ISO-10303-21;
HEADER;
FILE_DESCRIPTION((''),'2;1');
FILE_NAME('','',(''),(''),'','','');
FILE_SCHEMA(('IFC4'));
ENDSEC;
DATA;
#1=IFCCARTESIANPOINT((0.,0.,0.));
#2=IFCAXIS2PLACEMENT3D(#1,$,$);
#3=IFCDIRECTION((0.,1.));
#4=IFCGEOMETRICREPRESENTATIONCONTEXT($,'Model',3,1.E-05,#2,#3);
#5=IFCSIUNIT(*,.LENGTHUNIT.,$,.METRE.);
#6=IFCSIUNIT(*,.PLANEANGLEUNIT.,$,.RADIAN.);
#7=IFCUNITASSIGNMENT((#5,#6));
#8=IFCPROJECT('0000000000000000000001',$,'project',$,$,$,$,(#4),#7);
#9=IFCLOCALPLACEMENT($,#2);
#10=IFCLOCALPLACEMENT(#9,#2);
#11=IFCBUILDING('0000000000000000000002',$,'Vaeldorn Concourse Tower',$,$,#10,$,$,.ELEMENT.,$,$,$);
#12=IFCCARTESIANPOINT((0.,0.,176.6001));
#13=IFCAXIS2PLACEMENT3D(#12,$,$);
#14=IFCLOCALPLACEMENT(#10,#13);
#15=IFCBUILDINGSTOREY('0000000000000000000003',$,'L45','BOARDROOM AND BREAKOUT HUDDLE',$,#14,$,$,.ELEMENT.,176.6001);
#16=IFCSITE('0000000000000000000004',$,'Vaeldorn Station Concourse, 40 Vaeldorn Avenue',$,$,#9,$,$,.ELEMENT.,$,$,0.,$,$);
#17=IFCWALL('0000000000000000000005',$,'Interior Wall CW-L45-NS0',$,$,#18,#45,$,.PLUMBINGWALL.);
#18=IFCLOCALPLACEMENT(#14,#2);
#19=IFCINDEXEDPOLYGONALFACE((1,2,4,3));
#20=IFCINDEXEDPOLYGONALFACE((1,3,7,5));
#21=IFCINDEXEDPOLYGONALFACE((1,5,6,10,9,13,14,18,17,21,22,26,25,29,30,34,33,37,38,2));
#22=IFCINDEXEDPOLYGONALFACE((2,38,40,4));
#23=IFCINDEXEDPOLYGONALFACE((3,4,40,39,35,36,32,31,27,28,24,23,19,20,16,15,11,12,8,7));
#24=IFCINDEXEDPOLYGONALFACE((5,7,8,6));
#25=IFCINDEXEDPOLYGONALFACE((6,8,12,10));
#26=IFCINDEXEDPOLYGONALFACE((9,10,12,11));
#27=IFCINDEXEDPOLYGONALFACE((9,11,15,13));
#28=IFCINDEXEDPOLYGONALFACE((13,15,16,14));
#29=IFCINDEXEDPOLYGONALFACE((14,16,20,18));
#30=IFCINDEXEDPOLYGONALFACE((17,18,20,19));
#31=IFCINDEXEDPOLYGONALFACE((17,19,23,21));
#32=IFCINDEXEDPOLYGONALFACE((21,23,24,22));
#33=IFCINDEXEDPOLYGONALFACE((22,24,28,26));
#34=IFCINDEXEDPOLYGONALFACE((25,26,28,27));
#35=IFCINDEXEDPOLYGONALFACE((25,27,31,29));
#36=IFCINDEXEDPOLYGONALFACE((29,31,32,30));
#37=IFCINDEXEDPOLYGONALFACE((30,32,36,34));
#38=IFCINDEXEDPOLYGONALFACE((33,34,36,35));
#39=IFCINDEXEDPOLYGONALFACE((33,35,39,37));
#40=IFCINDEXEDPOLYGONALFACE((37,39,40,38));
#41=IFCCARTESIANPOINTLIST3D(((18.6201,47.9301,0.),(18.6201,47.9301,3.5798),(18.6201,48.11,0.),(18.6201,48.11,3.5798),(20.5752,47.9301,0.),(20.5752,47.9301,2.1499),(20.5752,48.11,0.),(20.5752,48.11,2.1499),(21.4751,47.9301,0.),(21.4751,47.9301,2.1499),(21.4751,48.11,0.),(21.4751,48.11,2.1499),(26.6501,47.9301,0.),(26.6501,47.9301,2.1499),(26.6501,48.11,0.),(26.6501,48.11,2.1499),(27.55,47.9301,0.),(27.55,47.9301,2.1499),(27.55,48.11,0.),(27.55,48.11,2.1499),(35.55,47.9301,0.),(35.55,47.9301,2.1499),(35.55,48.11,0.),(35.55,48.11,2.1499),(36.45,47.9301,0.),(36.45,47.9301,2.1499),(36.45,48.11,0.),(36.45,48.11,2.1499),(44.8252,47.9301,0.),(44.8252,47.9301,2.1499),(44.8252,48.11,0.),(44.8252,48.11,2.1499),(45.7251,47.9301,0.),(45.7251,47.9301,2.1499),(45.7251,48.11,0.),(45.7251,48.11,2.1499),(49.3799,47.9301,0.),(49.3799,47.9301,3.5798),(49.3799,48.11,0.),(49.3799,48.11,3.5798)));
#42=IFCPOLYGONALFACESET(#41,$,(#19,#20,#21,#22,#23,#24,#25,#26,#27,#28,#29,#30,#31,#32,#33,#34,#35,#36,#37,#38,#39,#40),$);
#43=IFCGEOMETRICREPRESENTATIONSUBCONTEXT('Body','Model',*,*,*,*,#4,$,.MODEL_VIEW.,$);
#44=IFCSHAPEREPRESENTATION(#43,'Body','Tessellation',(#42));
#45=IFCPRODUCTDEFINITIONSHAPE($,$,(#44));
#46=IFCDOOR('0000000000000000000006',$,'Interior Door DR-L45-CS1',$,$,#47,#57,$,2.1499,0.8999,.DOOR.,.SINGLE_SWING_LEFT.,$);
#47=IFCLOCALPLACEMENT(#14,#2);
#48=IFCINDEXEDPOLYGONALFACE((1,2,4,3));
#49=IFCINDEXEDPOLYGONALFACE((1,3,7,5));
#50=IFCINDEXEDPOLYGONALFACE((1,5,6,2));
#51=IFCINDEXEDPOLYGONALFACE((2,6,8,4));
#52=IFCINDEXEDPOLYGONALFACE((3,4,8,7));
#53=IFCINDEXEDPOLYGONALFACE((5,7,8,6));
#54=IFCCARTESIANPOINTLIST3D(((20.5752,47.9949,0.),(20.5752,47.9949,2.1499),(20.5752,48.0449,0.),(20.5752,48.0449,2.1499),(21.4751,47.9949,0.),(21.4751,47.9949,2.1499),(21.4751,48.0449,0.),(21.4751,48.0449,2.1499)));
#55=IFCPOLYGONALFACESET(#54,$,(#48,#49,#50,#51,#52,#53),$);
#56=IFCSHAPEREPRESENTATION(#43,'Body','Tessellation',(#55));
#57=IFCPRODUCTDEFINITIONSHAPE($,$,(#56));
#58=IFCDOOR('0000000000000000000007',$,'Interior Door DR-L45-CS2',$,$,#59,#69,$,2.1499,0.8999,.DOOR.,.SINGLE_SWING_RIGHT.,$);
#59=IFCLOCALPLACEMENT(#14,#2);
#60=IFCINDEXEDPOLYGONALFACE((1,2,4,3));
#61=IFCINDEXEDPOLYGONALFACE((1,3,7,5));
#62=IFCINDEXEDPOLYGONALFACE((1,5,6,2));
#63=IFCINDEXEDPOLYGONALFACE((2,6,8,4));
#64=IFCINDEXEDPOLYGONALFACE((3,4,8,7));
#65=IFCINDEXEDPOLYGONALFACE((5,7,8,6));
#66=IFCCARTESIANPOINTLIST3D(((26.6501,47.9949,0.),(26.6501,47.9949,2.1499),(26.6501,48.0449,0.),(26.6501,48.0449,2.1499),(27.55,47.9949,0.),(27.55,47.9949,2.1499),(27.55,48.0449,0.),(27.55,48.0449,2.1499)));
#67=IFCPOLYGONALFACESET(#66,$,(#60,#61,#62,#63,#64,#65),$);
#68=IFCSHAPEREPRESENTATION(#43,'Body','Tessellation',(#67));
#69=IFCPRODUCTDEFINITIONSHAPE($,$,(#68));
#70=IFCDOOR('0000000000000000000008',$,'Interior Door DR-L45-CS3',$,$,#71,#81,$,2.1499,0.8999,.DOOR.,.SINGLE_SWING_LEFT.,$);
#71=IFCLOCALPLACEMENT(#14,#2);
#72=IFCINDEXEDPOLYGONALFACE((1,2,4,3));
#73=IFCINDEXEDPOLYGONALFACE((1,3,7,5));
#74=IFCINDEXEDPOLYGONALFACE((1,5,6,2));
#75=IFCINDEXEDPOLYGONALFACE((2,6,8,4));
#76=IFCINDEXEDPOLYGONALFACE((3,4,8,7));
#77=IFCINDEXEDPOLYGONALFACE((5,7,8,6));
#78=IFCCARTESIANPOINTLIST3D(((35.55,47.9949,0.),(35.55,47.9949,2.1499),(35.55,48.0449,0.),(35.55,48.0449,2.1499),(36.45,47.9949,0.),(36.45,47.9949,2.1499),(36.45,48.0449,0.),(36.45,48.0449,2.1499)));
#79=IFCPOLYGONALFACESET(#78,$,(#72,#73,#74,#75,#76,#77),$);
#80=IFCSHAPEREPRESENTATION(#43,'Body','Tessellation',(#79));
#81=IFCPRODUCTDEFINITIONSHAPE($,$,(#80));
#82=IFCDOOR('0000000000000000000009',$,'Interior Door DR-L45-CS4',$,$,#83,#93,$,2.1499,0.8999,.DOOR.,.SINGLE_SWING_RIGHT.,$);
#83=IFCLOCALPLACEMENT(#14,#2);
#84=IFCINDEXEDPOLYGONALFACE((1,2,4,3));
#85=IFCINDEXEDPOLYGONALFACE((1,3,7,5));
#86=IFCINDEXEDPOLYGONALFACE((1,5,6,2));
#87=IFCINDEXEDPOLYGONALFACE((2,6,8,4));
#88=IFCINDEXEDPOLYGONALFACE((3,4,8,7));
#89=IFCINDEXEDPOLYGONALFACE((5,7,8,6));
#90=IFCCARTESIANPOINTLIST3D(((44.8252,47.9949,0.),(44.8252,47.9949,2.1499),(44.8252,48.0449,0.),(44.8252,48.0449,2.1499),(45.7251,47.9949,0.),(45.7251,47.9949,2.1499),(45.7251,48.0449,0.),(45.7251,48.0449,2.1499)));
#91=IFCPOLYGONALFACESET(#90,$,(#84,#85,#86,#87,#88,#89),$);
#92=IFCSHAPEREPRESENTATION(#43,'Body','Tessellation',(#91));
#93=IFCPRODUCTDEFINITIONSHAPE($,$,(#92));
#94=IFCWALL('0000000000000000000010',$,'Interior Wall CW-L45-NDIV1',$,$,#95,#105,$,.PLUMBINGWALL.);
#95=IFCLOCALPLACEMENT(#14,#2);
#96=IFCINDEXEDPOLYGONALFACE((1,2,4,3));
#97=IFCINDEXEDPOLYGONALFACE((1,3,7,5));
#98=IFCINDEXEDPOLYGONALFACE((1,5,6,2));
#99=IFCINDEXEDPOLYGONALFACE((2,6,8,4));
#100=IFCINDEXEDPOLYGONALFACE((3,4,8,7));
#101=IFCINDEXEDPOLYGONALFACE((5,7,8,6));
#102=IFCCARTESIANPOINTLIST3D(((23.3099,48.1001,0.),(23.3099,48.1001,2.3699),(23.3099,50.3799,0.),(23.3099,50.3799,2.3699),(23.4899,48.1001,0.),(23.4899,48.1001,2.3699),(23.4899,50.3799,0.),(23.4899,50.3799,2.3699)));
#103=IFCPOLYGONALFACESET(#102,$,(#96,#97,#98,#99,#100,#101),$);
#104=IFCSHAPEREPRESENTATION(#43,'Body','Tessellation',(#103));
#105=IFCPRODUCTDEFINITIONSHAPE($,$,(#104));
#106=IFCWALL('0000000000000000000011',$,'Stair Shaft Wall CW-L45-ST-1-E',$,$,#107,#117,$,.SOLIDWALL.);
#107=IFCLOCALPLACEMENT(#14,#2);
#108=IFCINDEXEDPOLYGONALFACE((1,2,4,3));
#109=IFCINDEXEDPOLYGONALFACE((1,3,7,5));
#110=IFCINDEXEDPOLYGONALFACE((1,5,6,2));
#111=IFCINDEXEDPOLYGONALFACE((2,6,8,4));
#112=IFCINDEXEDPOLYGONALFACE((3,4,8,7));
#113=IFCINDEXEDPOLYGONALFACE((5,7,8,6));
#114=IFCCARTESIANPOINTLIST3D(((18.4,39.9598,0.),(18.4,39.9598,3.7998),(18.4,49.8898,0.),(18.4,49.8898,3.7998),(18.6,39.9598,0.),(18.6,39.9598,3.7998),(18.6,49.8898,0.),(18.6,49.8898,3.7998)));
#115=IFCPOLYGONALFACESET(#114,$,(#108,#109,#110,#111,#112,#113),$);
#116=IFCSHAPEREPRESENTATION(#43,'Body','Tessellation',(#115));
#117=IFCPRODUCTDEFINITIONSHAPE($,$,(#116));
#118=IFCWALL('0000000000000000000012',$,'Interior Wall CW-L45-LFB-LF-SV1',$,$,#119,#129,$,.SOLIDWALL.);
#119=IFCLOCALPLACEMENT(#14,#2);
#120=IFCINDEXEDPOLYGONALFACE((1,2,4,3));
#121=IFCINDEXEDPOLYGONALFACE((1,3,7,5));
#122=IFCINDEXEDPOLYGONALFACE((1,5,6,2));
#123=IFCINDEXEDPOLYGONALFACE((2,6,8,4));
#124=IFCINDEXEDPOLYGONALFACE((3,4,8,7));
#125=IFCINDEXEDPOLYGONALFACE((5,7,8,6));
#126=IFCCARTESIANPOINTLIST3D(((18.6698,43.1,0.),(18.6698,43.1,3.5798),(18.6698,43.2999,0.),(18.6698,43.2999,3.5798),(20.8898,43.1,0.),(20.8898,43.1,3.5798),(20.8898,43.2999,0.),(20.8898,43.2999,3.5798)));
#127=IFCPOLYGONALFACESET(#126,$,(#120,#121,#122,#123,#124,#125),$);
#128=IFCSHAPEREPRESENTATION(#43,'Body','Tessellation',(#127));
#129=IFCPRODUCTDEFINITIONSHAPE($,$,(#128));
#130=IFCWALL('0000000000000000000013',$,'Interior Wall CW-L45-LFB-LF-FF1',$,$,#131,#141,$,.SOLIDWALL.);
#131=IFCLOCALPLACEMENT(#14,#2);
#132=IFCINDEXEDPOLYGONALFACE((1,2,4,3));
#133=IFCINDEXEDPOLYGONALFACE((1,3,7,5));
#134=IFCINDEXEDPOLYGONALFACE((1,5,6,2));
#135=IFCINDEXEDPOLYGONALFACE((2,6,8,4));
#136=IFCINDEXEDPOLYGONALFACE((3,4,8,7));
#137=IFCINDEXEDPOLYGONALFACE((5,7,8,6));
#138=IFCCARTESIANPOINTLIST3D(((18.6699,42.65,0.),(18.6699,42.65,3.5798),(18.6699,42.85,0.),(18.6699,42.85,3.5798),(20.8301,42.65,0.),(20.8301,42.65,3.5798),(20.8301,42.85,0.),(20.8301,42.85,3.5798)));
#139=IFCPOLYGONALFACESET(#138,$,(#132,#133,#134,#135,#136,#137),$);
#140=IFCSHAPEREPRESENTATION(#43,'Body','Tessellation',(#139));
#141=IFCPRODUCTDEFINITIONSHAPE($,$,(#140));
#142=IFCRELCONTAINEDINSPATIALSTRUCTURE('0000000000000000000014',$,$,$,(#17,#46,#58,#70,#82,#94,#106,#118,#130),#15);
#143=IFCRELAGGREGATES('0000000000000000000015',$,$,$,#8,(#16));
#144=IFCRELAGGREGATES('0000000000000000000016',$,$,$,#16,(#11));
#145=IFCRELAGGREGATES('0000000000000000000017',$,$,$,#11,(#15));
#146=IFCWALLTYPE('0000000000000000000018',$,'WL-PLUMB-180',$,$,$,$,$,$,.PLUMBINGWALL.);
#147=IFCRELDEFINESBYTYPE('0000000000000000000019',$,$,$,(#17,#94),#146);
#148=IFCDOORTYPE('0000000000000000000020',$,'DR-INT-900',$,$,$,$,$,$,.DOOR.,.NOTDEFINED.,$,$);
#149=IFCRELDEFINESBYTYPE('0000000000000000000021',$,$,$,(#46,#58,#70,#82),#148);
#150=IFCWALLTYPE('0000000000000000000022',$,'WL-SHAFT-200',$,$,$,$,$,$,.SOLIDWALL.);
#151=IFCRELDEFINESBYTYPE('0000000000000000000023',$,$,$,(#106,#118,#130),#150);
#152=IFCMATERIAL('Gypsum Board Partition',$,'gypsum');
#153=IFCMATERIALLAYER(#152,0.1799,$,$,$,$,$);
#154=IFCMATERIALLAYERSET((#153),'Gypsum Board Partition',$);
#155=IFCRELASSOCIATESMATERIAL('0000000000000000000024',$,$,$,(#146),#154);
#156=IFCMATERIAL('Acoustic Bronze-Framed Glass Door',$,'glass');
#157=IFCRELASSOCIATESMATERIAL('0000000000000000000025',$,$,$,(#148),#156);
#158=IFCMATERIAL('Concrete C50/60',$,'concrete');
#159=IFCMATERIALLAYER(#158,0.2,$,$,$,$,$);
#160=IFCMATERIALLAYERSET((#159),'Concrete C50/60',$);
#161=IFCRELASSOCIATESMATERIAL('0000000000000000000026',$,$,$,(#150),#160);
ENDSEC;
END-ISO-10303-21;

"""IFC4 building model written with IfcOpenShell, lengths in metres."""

from ifc_helpers import new_model, si_unit, direction, frame, frame_2d, origin, place, context, subcontext, project, spatial, rectangle, extrude, source, transform, mapped, material, layer, layer_set, type_object, element, fill, save


model = new_model("IFC4")

# Units and contexts
model_context = context("Model", 3, precision=1e-05, world=origin(), true_north=direction((0.0, 1.0)))
body_context = subcontext(model_context, "Body", "Model", "MODEL_VIEW")
ifc_project = project(units=[si_unit("LENGTHUNIT", "METRE"), si_unit("PLANEANGLEUNIT", "RADIAN")], contexts=[model_context])

# Site, building, storey
site_placement = place(None, origin())
site = spatial("IfcSite", under=ifc_project, at=site_placement, Name="Vaeldorn Station Concourse, 40 Vaeldorn Avenue", CompositionType="ELEMENT", RefElevation=0.0)
building_placement = place(site_placement, origin())
building = spatial("IfcBuilding", under=site, at=building_placement, Name="Vaeldorn Concourse Tower", CompositionType="ELEMENT")
storey_placement = place(building_placement, frame((0.0, 0.0, 176.6001)))
storey = spatial("IfcBuildingStorey", under=building, at=storey_placement, Name="L45", Description="BOARDROOM AND BREAKOUT HUDDLE", CompositionType="ELEMENT", Elevation=176.6001)

# Shared definitions
ifc_material_1 = material(Name="Gypsum Board Partition", Category="gypsum")

# Wall, openings, doors
ifc_layer_1 = layer(ifc_material_1, 0.1799)
ifc_layer_set_1 = layer_set([ifc_layer_1], Name="Gypsum Board Partition")
wall_type_1 = type_object("IfcWallType", Name="WL-PLUMB-180", PredefinedType="PLUMBINGWALL", material=ifc_layer_set_1)
wall_1_placement = place(storey_placement, frame((18.6201, 48.02, 0.0), z_axis=(0.0, 0.0, 1.0), x_axis=(1.0, 0.0, 0.0)))
wall_1 = element("IfcWall", 1, at=wall_1_placement, inside=storey, type_object=wall_type_1, Name="Interior Wall CW-L45-NS0", PredefinedType="PLUMBINGWALL", context=body_context, shape_type="SweptSolid", body=[
    extrude(rectangle(XDim=30.7598, YDim=0.1799, at=frame_2d((15.3799, 0.0))), origin(), (0.0, 0.0, 1.0), 3.5798),
])
opening_1_placement = place(wall_1_placement, frame((1.9551, 0.0, 0.0)))
opening_1 = element("IfcOpeningElement", 2, at=opening_1_placement, cuts=wall_1, PredefinedType="OPENING", context=body_context, shape_type="SweptSolid", body=[
    extrude(rectangle(XDim=0.8999, YDim=2.1499, at=frame_2d((0.45, 1.075))), frame((0.0, 0.1001, 0.0), z_axis=(0.0, -1.0, 0.0), x_axis=(1.0, 0.0, 0.0)), (0.0, 0.0, 1.0), 0.2),
])
opening_2_placement = place(wall_1_placement, frame((8.03, 0.0, 0.0)))
opening_2 = element("IfcOpeningElement", 3, at=opening_2_placement, cuts=wall_1, PredefinedType="OPENING", context=body_context, shape_type="SweptSolid", body=[
    extrude(rectangle(XDim=0.8999, YDim=2.1499, at=frame_2d((0.45, 1.075))), frame((0.0, 0.1001, 0.0), z_axis=(0.0, -1.0, 0.0), x_axis=(1.0, 0.0, 0.0)), (0.0, 0.0, 1.0), 0.2),
])
opening_3_placement = place(wall_1_placement, frame((16.9299, 0.0, 0.0)))
opening_3 = element("IfcOpeningElement", 4, at=opening_3_placement, cuts=wall_1, PredefinedType="OPENING", context=body_context, shape_type="SweptSolid", body=[
    extrude(rectangle(XDim=0.8999, YDim=2.1499, at=frame_2d((0.45, 1.075))), frame((0.0, 0.1001, 0.0), z_axis=(0.0, -1.0, 0.0), x_axis=(1.0, 0.0, 0.0)), (0.0, 0.0, 1.0), 0.2),
])
opening_4_placement = place(wall_1_placement, frame((26.2051, 0.0, 0.0)))
opening_4 = element("IfcOpeningElement", 5, at=opening_4_placement, cuts=wall_1, PredefinedType="OPENING", context=body_context, shape_type="SweptSolid", body=[
    extrude(rectangle(XDim=0.8999, YDim=2.1499, at=frame_2d((0.45, 1.075))), frame((0.0, 0.1001, 0.0), z_axis=(0.0, -1.0, 0.0), x_axis=(1.0, 0.0, 0.0)), (0.0, 0.0, 1.0), 0.2),
])
ifc_material_2 = material(Name="Acoustic Bronze-Framed Glass Door", Category="glass")
door_type_1 = type_object("IfcDoorType", Name="DR-INT-900", OperationType="NOTDEFINED", PredefinedType="DOOR", material=ifc_material_2)
shared_shape_1 = source(origin(), body_context, "Body", "SweptSolid", [
    extrude(rectangle(XDim=0.8999, YDim=2.1499, at=frame_2d((0.45, 1.075))), frame((0.0, 0.0249, 0.0), z_axis=(0.0, -1.0, 0.0), x_axis=(1.0, 0.0, 0.0)), (0.0, 0.0, 1.0), 0.05),
])
door_1_placement = place(opening_1_placement, origin())
door_1 = element("IfcDoor", 6, at=door_1_placement, inside=storey, type_object=door_type_1, Name="Interior Door DR-L45-CS1", OperationType="SINGLE_SWING_LEFT", OverallHeight=2.1499, OverallWidth=0.8999, PredefinedType="DOOR", context=body_context, shape_type="MappedRepresentation", body=[
    mapped(shared_shape_1, transform((0.0, 0.0, 0.0), scale=1.0)),
])
fill(opening_1, door_1)
door_2_placement = place(opening_2_placement, origin())
door_2 = element("IfcDoor", 7, at=door_2_placement, inside=storey, type_object=door_type_1, Name="Interior Door DR-L45-CS2", OperationType="SINGLE_SWING_RIGHT", OverallHeight=2.1499, OverallWidth=0.8999, PredefinedType="DOOR", context=body_context, shape_type="MappedRepresentation", body=[
    mapped(shared_shape_1, transform((0.0, 0.0, 0.0), scale=1.0)),
])
fill(opening_2, door_2)
door_3_placement = place(opening_3_placement, origin())
door_3 = element("IfcDoor", 8, at=door_3_placement, inside=storey, type_object=door_type_1, Name="Interior Door DR-L45-CS3", OperationType="SINGLE_SWING_LEFT", OverallHeight=2.1499, OverallWidth=0.8999, PredefinedType="DOOR", context=body_context, shape_type="MappedRepresentation", body=[
    mapped(shared_shape_1, transform((0.0, 0.0, 0.0), scale=1.0)),
])
fill(opening_3, door_3)
door_4_placement = place(opening_4_placement, origin())
door_4 = element("IfcDoor", 9, at=door_4_placement, inside=storey, type_object=door_type_1, Name="Interior Door DR-L45-CS4", OperationType="SINGLE_SWING_RIGHT", OverallHeight=2.1499, OverallWidth=0.8999, PredefinedType="DOOR", context=body_context, shape_type="MappedRepresentation", body=[
    mapped(shared_shape_1, transform((0.0, 0.0, 0.0), scale=1.0)),
])
fill(opening_4, door_4)

# Walls
wall_2_placement = place(storey_placement, frame((23.3999, 48.1001, 0.0), z_axis=(0.0, 0.0, 1.0), x_axis=(0.0, 1.0, 0.0)))
element("IfcWall", 10, at=wall_2_placement, inside=storey, type_object=wall_type_1, Name="Interior Wall CW-L45-NDIV1", PredefinedType="PLUMBINGWALL", context=body_context, shape_type="SweptSolid", body=[
    extrude(rectangle(XDim=2.2798, YDim=0.1799, at=frame_2d((1.1399, 0.0))), origin(), (0.0, 0.0, 1.0), 2.3699),
])
ifc_material_3 = material(Name="Concrete C50/60", Category="concrete")
ifc_layer_2 = layer(ifc_material_3, 0.2)
ifc_layer_set_2 = layer_set([ifc_layer_2], Name="Concrete C50/60")
wall_type_2 = type_object("IfcWallType", Name="WL-SHAFT-200", PredefinedType="SOLIDWALL", material=ifc_layer_set_2)
wall_3_placement = place(storey_placement, frame((18.5, 39.96, 0.0), z_axis=(0.0, 0.0, 1.0), x_axis=(0.0, 1.0, 0.0)))
element("IfcWall", 11, at=wall_3_placement, inside=storey, type_object=wall_type_2, Name="Stair Shaft Wall CW-L45-ST-1-E", PredefinedType="SOLIDWALL", context=body_context, shape_type="SweptSolid", body=[
    extrude(rectangle(XDim=9.9299, YDim=0.2, at=frame_2d((4.9648, 0.0))), origin(), (0.0, 0.0, 1.0), 3.7998),
])

# Wall
wall_4_placement = place(storey_placement, frame((18.6699, 43.2, 0.0), z_axis=(0.0, 0.0, 1.0), x_axis=(1.0, 0.0, 0.0)))
element("IfcWall", 12, at=wall_4_placement, inside=storey, type_object=wall_type_2, Name="Interior Wall CW-L45-LFB-LF-SV1", PredefinedType="SOLIDWALL", context=body_context, shape_type="SweptSolid", body=[
    extrude(rectangle(XDim=2.22, YDim=0.2, at=frame_2d((1.1099, 0.0))), origin(), (0.0, 0.0, 1.0), 3.5798),
])

# Wall
wall_5_placement = place(storey_placement, frame((18.6699, 42.75, 0.0), z_axis=(0.0, 0.0, 1.0), x_axis=(1.0, 0.0, 0.0)))
element("IfcWall", 13, at=wall_5_placement, inside=storey, type_object=wall_type_2, Name="Interior Wall CW-L45-LFB-LF-FF1", PredefinedType="SOLIDWALL", context=body_context, shape_type="SweptSolid", body=[
    extrude(rectangle(XDim=2.1602, YDim=0.2, at=frame_2d((1.0801, 0.0))), origin(), (0.0, 0.0, 1.0), 3.5798),
])

save(model, "model.ifc")
